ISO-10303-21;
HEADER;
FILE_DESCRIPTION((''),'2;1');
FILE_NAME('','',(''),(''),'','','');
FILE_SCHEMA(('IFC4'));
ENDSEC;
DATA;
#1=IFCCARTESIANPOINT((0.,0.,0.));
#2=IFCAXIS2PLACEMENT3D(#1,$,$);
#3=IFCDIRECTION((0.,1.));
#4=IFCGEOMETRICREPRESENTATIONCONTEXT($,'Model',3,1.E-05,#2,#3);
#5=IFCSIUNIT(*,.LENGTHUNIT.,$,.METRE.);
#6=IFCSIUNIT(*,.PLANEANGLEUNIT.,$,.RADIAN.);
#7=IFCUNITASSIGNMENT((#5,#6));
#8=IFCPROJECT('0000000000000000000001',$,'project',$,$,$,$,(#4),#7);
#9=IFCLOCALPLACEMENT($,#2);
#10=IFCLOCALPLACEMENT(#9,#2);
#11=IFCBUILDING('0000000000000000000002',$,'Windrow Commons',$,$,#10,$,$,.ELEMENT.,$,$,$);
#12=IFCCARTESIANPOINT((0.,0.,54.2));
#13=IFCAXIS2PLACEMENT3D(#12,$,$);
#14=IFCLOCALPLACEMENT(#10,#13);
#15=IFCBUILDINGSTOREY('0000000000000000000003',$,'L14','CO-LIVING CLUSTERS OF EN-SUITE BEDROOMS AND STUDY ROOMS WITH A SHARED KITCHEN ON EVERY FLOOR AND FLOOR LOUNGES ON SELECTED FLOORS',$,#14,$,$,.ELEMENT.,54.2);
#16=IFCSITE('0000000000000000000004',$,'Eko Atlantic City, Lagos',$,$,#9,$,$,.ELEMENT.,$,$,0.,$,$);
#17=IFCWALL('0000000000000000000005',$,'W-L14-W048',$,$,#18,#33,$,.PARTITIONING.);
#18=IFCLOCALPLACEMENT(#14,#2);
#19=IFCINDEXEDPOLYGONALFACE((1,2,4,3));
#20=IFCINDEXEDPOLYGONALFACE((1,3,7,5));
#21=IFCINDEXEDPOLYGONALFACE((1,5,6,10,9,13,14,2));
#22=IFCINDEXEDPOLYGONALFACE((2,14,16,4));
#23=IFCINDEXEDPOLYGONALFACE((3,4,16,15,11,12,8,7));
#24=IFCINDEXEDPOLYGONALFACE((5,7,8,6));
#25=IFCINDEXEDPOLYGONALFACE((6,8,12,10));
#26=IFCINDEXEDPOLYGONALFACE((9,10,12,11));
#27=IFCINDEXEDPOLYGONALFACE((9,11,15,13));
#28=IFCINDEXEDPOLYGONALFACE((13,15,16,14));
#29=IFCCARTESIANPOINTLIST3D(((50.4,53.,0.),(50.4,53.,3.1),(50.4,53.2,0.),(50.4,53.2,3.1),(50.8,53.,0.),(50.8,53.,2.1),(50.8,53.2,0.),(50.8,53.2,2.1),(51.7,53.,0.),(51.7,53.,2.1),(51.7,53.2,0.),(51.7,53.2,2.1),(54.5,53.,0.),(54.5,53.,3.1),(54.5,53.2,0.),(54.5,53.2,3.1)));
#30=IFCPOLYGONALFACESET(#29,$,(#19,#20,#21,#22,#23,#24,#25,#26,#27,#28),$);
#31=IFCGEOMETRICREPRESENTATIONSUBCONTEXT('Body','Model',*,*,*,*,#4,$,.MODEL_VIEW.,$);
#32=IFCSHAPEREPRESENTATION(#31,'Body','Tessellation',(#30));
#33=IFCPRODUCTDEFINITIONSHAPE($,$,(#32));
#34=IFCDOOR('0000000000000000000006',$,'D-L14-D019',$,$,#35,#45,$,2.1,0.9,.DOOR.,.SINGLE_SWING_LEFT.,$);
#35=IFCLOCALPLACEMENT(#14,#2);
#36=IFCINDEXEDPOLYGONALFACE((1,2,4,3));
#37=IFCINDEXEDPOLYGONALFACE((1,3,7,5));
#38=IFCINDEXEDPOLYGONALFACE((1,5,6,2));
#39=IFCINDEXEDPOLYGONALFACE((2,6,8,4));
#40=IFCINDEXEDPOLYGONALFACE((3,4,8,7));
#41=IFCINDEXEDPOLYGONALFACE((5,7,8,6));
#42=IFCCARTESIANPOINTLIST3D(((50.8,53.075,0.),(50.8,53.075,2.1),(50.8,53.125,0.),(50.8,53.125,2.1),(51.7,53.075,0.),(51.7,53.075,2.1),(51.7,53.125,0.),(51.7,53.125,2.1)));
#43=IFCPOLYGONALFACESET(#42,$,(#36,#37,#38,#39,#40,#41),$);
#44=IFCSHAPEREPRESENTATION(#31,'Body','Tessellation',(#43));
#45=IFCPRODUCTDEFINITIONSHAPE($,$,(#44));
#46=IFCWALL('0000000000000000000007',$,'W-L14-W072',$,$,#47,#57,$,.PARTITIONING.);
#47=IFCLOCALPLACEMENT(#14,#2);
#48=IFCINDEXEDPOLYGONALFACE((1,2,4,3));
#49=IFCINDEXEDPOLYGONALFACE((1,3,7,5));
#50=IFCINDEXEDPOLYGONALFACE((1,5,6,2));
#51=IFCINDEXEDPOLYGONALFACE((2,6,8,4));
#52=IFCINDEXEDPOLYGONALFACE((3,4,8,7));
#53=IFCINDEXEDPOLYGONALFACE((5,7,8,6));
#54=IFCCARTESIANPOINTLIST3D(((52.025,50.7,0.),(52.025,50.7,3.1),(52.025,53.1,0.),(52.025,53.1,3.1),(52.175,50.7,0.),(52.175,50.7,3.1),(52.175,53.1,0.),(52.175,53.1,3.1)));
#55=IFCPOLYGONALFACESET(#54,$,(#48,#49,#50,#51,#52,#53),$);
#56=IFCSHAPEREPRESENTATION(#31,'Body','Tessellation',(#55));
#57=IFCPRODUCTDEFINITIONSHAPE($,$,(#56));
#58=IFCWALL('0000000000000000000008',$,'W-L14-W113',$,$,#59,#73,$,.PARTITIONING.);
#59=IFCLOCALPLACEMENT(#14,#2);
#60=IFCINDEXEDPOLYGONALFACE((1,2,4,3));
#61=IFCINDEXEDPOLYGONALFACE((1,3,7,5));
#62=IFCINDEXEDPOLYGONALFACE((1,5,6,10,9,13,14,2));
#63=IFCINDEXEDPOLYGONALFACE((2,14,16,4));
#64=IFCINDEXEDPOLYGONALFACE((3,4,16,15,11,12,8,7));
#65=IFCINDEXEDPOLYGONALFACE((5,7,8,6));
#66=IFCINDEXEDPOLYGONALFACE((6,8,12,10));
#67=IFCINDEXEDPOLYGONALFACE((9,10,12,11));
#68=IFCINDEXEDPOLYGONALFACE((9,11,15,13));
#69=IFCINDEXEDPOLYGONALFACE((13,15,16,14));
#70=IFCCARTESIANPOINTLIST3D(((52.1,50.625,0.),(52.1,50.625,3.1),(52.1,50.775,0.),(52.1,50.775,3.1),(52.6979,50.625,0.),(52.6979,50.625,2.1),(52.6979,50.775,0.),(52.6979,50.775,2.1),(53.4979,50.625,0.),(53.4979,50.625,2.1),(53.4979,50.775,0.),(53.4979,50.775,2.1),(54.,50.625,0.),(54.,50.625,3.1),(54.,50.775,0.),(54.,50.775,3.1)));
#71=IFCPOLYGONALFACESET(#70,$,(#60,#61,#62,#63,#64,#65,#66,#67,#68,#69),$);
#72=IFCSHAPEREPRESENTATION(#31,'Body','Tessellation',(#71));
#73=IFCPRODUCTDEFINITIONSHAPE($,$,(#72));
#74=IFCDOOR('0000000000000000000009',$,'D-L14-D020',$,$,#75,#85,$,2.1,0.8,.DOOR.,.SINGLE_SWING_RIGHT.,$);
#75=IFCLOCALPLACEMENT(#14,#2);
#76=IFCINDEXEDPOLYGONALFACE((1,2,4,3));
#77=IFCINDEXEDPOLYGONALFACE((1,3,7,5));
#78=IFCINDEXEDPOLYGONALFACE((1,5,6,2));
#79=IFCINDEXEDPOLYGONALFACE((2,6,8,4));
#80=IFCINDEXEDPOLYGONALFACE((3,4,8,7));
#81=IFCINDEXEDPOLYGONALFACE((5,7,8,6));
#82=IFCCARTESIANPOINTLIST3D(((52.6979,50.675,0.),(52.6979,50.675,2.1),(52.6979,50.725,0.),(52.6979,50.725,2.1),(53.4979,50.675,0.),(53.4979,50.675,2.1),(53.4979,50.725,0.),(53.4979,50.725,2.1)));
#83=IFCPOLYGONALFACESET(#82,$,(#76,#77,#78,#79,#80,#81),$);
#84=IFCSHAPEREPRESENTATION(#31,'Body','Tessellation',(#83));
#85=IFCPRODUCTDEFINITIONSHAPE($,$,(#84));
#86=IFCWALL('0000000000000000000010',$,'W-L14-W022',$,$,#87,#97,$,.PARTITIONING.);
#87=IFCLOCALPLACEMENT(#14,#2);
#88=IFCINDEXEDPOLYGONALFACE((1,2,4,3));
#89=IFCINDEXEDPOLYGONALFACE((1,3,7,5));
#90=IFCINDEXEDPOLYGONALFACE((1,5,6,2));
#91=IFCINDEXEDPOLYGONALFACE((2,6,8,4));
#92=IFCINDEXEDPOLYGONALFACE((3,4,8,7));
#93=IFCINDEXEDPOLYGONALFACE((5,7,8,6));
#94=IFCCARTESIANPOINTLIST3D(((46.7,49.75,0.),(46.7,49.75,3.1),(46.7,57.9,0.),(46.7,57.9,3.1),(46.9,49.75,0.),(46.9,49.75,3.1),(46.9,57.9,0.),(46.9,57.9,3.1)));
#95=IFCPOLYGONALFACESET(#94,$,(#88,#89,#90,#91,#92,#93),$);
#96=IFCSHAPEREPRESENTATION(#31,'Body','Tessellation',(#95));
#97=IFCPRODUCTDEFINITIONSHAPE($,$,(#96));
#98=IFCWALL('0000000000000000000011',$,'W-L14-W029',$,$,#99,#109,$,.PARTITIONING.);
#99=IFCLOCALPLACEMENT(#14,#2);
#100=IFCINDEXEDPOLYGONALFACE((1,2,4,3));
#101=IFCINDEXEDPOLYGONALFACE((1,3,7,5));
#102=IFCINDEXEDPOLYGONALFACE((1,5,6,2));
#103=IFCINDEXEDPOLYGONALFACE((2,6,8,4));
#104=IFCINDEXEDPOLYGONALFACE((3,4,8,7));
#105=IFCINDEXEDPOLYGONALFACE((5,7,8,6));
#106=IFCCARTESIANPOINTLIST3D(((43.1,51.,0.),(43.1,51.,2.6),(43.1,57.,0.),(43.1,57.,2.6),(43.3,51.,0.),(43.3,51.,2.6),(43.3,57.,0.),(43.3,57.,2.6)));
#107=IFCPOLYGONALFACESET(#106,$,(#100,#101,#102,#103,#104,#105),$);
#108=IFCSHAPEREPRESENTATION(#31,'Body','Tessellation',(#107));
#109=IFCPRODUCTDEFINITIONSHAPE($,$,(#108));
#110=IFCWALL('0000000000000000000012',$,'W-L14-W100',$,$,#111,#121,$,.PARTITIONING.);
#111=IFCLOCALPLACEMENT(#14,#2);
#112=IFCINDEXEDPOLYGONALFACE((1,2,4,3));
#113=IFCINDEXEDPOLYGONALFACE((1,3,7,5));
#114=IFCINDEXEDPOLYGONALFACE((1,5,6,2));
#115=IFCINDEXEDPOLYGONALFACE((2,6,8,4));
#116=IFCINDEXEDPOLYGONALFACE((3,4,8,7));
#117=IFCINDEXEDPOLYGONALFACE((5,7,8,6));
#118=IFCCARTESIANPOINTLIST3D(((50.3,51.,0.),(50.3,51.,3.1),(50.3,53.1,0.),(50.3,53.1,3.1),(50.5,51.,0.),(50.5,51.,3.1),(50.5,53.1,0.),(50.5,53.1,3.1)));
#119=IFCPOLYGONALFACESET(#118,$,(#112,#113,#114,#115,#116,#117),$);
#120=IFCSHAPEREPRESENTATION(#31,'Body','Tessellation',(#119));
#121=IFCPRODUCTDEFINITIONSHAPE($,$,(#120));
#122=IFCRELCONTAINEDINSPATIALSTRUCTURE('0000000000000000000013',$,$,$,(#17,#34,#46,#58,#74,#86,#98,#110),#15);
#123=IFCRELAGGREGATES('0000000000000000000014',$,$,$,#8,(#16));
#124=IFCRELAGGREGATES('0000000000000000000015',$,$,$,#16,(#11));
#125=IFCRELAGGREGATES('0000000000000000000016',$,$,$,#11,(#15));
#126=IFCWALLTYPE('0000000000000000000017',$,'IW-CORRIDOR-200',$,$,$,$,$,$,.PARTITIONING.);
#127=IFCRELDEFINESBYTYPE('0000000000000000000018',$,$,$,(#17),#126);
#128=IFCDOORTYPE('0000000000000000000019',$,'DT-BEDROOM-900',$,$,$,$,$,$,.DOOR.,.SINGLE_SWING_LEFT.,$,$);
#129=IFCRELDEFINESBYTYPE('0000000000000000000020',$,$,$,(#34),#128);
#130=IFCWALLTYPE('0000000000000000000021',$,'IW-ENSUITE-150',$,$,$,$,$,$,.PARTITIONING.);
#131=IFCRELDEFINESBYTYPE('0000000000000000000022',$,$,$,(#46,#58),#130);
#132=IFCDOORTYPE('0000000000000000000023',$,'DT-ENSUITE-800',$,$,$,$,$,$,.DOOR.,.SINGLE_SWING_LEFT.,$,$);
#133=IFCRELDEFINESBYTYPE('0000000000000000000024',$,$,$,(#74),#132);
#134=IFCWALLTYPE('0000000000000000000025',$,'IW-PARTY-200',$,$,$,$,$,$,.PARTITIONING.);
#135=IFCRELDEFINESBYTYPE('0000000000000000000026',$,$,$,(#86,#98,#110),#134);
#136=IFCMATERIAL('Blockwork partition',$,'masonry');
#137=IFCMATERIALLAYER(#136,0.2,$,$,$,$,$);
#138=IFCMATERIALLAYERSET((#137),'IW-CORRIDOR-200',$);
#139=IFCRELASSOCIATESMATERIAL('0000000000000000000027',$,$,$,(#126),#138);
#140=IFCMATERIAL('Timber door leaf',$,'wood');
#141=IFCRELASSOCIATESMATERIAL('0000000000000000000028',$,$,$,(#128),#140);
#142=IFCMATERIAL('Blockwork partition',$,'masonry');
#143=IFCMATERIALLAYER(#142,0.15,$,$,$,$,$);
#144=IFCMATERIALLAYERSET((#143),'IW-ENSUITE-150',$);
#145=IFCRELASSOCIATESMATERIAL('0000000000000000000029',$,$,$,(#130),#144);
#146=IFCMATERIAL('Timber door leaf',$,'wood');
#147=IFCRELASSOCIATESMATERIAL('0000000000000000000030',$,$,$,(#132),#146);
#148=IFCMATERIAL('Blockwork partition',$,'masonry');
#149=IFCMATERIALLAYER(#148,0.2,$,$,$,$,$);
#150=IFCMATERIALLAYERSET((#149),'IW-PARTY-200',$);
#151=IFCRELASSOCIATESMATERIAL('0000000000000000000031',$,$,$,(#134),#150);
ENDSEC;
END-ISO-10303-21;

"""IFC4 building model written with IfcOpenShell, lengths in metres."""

from ifc_helpers import new_model, si_unit, direction, frame, frame_2d, origin, place, context, subcontext, project, spatial, rectangle, extrude, material, layer, layer_set, type_object, element, fill, save


model = new_model("IFC4")

# Units and contexts
model_context = context("Model", 3, precision=1e-05, world=origin(), true_north=direction((0.0, 1.0)))
body_context = subcontext(model_context, "Body", "Model", "MODEL_VIEW")
ifc_project = project(units=[si_unit("LENGTHUNIT", "METRE"), si_unit("PLANEANGLEUNIT", "RADIAN")], contexts=[model_context])

# Site, building, storey
site_placement = place(None, origin())
site = spatial("IfcSite", under=ifc_project, at=site_placement, Name="Eko Atlantic City, Lagos", CompositionType="ELEMENT", RefElevation=0.0)
building_placement = place(site_placement, origin())
building = spatial("IfcBuilding", under=site, at=building_placement, Name="Windrow Commons", CompositionType="ELEMENT")
storey_placement = place(building_placement, frame((0.0, 0.0, 54.2)))
storey = spatial("IfcBuildingStorey", under=building, at=storey_placement, Name="L14", Description="CO-LIVING CLUSTERS OF EN-SUITE BEDROOMS AND STUDY ROOMS WITH A SHARED KITCHEN ON EVERY FLOOR AND FLOOR LOUNGES ON SELECTED FLOORS", CompositionType="ELEMENT", Elevation=54.2)

# Wall, opening, door
ifc_material_1 = material(Name="Blockwork partition", Category="masonry")
ifc_layer_1 = layer(ifc_material_1, 0.2)
ifc_layer_set_1 = layer_set([ifc_layer_1], Name="IW-CORRIDOR-200")
wall_type_1 = type_object("IfcWallType", Name="IW-CORRIDOR-200", PredefinedType="PARTITIONING", material=ifc_layer_set_1)
wall_1_placement = place(storey_placement, frame((50.4, 53.1, 0.0), z_axis=(0.0, 0.0, 1.0), x_axis=(1.0, 0.0, 0.0)))
wall_1 = element("IfcWall", 1, at=wall_1_placement, inside=storey, type_object=wall_type_1, Name="W-L14-W048", PredefinedType="PARTITIONING", context=body_context, shape_type="SweptSolid", body=[
    extrude(rectangle(XDim=4.1, YDim=0.2, at=frame_2d((2.05, 0.0))), origin(), (0.0, 0.0, 1.0), 3.1),
])
opening_1_placement = place(wall_1_placement, frame((0.4, 0.0, 0.0)))
opening_1 = element("IfcOpeningElement", 2, at=opening_1_placement, cuts=wall_1, PredefinedType="OPENING", context=body_context, shape_type="SweptSolid", body=[
    extrude(rectangle(XDim=0.9, YDim=2.1, at=frame_2d((0.45, 1.05))), frame((0.0, 0.11, 0.0), z_axis=(0.0, -1.0, 0.0), x_axis=(1.0, 0.0, 0.0)), (0.0, 0.0, 1.0), 0.22),
])
ifc_material_2 = material(Name="Timber door leaf", Category="wood")
door_type_1 = type_object("IfcDoorType", Name="DT-BEDROOM-900", OperationType="SINGLE_SWING_LEFT", PredefinedType="DOOR", material=ifc_material_2)
door_1_placement = place(opening_1_placement, origin())
door_1 = element("IfcDoor", 3, at=door_1_placement, inside=storey, type_object=door_type_1, Name="D-L14-D019", OperationType="SINGLE_SWING_LEFT", OverallHeight=2.1, OverallWidth=0.9, PredefinedType="DOOR", context=body_context, shape_type="SweptSolid", body=[
    extrude(rectangle(XDim=0.9, YDim=2.1, at=frame_2d((0.45, 1.05))), frame((0.0, 0.025, 0.0), z_axis=(0.0, -1.0, 0.0), x_axis=(1.0, 0.0, 0.0)), (0.0, 0.0, 1.0), 0.05),
])
fill(opening_1, door_1)

# Wall
ifc_material_3 = material(Name="Blockwork partition", Category="masonry")
ifc_layer_2 = layer(ifc_material_3, 0.15)
ifc_layer_set_2 = layer_set([ifc_layer_2], Name="IW-ENSUITE-150")
wall_type_2 = type_object("IfcWallType", Name="IW-ENSUITE-150", PredefinedType="PARTITIONING", material=ifc_layer_set_2)
wall_2_placement = place(storey_placement, frame((52.1, 50.7, 0.0), z_axis=(0.0, 0.0, 1.0), x_axis=(0.0, 1.0, 0.0)))
element("IfcWall", 4, at=wall_2_placement, inside=storey, type_object=wall_type_2, Name="W-L14-W072", PredefinedType="PARTITIONING", context=body_context, shape_type="SweptSolid", body=[
    extrude(rectangle(XDim=2.4, YDim=0.15, at=frame_2d((1.2, 0.0))), origin(), (0.0, 0.0, 1.0), 3.1),
])

# Wall, opening, door
wall_3_placement = place(storey_placement, frame((52.1, 50.7, 0.0), z_axis=(0.0, 0.0, 1.0), x_axis=(1.0, 0.0, 0.0)))
wall_3 = element("IfcWall", 5, at=wall_3_placement, inside=storey, type_object=wall_type_2, Name="W-L14-W113", PredefinedType="PARTITIONING", context=body_context, shape_type="SweptSolid", body=[
    extrude(rectangle(XDim=1.9, YDim=0.15, at=frame_2d((0.95, 0.0))), origin(), (0.0, 0.0, 1.0), 3.1),
])
opening_2_placement = place(wall_3_placement, frame((0.5979, 0.0, 0.0)))
opening_2 = element("IfcOpeningElement", 6, at=opening_2_placement, cuts=wall_3, PredefinedType="OPENING", context=body_context, shape_type="SweptSolid", body=[
    extrude(rectangle(XDim=0.8, YDim=2.1, at=frame_2d((0.4, 1.05))), frame((0.0, 0.085, 0.0), z_axis=(0.0, -1.0, 0.0), x_axis=(1.0, 0.0, 0.0)), (0.0, 0.0, 1.0), 0.17),
])
ifc_material_4 = material(Name="Timber door leaf", Category="wood")
door_type_2 = type_object("IfcDoorType", Name="DT-ENSUITE-800", OperationType="SINGLE_SWING_LEFT", PredefinedType="DOOR", material=ifc_material_4)
door_2_placement = place(opening_2_placement, origin())
door_2 = element("IfcDoor", 7, at=door_2_placement, inside=storey, type_object=door_type_2, Name="D-L14-D020", OperationType="SINGLE_SWING_RIGHT", OverallHeight=2.1, OverallWidth=0.8, PredefinedType="DOOR", context=body_context, shape_type="SweptSolid", body=[
    extrude(rectangle(XDim=0.8, YDim=2.1, at=frame_2d((0.4, 1.05))), frame((0.0, 0.025, 0.0), z_axis=(0.0, -1.0, 0.0), x_axis=(1.0, 0.0, 0.0)), (0.0, 0.0, 1.0), 0.05),
])
fill(opening_2, door_2)

# Walls
ifc_material_5 = material(Name="Blockwork partition", Category="masonry")
ifc_layer_3 = layer(ifc_material_5, 0.2)
ifc_layer_set_3 = layer_set([ifc_layer_3], Name="IW-PARTY-200")
wall_type_3 = type_object("IfcWallType", Name="IW-PARTY-200", PredefinedType="PARTITIONING", material=ifc_layer_set_3)
wall_4_placement = place(storey_placement, frame((46.8, 49.75, 0.0), z_axis=(0.0, 0.0, 1.0), x_axis=(0.0, 1.0, 0.0)))
element("IfcWall", 8, at=wall_4_placement, inside=storey, type_object=wall_type_3, Name="W-L14-W022", PredefinedType="PARTITIONING", context=body_context, shape_type="SweptSolid", body=[
    extrude(rectangle(XDim=8.15, YDim=0.2, at=frame_2d((4.075, 0.0))), origin(), (0.0, 0.0, 1.0), 3.1),
])
wall_5_placement = place(storey_placement, frame((43.2, 51.0, 0.0), z_axis=(0.0, 0.0, 1.0), x_axis=(0.0, 1.0, 0.0)))
element("IfcWall", 9, at=wall_5_placement, inside=storey, type_object=wall_type_3, Name="W-L14-W029", PredefinedType="PARTITIONING", context=body_context, shape_type="SweptSolid", body=[
    extrude(rectangle(XDim=6.0, YDim=0.2, at=frame_2d((3.0, 0.0))), origin(), (0.0, 0.0, 1.0), 2.6),
])
wall_6_placement = place(storey_placement, frame((50.4, 51.0, 0.0), z_axis=(0.0, 0.0, 1.0), x_axis=(0.0, 1.0, 0.0)))
element("IfcWall", 10, at=wall_6_placement, inside=storey, type_object=wall_type_3, Name="W-L14-W100", PredefinedType="PARTITIONING", context=body_context, shape_type="SweptSolid", body=[
    extrude(rectangle(XDim=2.1, YDim=0.2, at=frame_2d((1.05, 0.0))), origin(), (0.0, 0.0, 1.0), 3.1),
])

save(model, "model.ifc")
